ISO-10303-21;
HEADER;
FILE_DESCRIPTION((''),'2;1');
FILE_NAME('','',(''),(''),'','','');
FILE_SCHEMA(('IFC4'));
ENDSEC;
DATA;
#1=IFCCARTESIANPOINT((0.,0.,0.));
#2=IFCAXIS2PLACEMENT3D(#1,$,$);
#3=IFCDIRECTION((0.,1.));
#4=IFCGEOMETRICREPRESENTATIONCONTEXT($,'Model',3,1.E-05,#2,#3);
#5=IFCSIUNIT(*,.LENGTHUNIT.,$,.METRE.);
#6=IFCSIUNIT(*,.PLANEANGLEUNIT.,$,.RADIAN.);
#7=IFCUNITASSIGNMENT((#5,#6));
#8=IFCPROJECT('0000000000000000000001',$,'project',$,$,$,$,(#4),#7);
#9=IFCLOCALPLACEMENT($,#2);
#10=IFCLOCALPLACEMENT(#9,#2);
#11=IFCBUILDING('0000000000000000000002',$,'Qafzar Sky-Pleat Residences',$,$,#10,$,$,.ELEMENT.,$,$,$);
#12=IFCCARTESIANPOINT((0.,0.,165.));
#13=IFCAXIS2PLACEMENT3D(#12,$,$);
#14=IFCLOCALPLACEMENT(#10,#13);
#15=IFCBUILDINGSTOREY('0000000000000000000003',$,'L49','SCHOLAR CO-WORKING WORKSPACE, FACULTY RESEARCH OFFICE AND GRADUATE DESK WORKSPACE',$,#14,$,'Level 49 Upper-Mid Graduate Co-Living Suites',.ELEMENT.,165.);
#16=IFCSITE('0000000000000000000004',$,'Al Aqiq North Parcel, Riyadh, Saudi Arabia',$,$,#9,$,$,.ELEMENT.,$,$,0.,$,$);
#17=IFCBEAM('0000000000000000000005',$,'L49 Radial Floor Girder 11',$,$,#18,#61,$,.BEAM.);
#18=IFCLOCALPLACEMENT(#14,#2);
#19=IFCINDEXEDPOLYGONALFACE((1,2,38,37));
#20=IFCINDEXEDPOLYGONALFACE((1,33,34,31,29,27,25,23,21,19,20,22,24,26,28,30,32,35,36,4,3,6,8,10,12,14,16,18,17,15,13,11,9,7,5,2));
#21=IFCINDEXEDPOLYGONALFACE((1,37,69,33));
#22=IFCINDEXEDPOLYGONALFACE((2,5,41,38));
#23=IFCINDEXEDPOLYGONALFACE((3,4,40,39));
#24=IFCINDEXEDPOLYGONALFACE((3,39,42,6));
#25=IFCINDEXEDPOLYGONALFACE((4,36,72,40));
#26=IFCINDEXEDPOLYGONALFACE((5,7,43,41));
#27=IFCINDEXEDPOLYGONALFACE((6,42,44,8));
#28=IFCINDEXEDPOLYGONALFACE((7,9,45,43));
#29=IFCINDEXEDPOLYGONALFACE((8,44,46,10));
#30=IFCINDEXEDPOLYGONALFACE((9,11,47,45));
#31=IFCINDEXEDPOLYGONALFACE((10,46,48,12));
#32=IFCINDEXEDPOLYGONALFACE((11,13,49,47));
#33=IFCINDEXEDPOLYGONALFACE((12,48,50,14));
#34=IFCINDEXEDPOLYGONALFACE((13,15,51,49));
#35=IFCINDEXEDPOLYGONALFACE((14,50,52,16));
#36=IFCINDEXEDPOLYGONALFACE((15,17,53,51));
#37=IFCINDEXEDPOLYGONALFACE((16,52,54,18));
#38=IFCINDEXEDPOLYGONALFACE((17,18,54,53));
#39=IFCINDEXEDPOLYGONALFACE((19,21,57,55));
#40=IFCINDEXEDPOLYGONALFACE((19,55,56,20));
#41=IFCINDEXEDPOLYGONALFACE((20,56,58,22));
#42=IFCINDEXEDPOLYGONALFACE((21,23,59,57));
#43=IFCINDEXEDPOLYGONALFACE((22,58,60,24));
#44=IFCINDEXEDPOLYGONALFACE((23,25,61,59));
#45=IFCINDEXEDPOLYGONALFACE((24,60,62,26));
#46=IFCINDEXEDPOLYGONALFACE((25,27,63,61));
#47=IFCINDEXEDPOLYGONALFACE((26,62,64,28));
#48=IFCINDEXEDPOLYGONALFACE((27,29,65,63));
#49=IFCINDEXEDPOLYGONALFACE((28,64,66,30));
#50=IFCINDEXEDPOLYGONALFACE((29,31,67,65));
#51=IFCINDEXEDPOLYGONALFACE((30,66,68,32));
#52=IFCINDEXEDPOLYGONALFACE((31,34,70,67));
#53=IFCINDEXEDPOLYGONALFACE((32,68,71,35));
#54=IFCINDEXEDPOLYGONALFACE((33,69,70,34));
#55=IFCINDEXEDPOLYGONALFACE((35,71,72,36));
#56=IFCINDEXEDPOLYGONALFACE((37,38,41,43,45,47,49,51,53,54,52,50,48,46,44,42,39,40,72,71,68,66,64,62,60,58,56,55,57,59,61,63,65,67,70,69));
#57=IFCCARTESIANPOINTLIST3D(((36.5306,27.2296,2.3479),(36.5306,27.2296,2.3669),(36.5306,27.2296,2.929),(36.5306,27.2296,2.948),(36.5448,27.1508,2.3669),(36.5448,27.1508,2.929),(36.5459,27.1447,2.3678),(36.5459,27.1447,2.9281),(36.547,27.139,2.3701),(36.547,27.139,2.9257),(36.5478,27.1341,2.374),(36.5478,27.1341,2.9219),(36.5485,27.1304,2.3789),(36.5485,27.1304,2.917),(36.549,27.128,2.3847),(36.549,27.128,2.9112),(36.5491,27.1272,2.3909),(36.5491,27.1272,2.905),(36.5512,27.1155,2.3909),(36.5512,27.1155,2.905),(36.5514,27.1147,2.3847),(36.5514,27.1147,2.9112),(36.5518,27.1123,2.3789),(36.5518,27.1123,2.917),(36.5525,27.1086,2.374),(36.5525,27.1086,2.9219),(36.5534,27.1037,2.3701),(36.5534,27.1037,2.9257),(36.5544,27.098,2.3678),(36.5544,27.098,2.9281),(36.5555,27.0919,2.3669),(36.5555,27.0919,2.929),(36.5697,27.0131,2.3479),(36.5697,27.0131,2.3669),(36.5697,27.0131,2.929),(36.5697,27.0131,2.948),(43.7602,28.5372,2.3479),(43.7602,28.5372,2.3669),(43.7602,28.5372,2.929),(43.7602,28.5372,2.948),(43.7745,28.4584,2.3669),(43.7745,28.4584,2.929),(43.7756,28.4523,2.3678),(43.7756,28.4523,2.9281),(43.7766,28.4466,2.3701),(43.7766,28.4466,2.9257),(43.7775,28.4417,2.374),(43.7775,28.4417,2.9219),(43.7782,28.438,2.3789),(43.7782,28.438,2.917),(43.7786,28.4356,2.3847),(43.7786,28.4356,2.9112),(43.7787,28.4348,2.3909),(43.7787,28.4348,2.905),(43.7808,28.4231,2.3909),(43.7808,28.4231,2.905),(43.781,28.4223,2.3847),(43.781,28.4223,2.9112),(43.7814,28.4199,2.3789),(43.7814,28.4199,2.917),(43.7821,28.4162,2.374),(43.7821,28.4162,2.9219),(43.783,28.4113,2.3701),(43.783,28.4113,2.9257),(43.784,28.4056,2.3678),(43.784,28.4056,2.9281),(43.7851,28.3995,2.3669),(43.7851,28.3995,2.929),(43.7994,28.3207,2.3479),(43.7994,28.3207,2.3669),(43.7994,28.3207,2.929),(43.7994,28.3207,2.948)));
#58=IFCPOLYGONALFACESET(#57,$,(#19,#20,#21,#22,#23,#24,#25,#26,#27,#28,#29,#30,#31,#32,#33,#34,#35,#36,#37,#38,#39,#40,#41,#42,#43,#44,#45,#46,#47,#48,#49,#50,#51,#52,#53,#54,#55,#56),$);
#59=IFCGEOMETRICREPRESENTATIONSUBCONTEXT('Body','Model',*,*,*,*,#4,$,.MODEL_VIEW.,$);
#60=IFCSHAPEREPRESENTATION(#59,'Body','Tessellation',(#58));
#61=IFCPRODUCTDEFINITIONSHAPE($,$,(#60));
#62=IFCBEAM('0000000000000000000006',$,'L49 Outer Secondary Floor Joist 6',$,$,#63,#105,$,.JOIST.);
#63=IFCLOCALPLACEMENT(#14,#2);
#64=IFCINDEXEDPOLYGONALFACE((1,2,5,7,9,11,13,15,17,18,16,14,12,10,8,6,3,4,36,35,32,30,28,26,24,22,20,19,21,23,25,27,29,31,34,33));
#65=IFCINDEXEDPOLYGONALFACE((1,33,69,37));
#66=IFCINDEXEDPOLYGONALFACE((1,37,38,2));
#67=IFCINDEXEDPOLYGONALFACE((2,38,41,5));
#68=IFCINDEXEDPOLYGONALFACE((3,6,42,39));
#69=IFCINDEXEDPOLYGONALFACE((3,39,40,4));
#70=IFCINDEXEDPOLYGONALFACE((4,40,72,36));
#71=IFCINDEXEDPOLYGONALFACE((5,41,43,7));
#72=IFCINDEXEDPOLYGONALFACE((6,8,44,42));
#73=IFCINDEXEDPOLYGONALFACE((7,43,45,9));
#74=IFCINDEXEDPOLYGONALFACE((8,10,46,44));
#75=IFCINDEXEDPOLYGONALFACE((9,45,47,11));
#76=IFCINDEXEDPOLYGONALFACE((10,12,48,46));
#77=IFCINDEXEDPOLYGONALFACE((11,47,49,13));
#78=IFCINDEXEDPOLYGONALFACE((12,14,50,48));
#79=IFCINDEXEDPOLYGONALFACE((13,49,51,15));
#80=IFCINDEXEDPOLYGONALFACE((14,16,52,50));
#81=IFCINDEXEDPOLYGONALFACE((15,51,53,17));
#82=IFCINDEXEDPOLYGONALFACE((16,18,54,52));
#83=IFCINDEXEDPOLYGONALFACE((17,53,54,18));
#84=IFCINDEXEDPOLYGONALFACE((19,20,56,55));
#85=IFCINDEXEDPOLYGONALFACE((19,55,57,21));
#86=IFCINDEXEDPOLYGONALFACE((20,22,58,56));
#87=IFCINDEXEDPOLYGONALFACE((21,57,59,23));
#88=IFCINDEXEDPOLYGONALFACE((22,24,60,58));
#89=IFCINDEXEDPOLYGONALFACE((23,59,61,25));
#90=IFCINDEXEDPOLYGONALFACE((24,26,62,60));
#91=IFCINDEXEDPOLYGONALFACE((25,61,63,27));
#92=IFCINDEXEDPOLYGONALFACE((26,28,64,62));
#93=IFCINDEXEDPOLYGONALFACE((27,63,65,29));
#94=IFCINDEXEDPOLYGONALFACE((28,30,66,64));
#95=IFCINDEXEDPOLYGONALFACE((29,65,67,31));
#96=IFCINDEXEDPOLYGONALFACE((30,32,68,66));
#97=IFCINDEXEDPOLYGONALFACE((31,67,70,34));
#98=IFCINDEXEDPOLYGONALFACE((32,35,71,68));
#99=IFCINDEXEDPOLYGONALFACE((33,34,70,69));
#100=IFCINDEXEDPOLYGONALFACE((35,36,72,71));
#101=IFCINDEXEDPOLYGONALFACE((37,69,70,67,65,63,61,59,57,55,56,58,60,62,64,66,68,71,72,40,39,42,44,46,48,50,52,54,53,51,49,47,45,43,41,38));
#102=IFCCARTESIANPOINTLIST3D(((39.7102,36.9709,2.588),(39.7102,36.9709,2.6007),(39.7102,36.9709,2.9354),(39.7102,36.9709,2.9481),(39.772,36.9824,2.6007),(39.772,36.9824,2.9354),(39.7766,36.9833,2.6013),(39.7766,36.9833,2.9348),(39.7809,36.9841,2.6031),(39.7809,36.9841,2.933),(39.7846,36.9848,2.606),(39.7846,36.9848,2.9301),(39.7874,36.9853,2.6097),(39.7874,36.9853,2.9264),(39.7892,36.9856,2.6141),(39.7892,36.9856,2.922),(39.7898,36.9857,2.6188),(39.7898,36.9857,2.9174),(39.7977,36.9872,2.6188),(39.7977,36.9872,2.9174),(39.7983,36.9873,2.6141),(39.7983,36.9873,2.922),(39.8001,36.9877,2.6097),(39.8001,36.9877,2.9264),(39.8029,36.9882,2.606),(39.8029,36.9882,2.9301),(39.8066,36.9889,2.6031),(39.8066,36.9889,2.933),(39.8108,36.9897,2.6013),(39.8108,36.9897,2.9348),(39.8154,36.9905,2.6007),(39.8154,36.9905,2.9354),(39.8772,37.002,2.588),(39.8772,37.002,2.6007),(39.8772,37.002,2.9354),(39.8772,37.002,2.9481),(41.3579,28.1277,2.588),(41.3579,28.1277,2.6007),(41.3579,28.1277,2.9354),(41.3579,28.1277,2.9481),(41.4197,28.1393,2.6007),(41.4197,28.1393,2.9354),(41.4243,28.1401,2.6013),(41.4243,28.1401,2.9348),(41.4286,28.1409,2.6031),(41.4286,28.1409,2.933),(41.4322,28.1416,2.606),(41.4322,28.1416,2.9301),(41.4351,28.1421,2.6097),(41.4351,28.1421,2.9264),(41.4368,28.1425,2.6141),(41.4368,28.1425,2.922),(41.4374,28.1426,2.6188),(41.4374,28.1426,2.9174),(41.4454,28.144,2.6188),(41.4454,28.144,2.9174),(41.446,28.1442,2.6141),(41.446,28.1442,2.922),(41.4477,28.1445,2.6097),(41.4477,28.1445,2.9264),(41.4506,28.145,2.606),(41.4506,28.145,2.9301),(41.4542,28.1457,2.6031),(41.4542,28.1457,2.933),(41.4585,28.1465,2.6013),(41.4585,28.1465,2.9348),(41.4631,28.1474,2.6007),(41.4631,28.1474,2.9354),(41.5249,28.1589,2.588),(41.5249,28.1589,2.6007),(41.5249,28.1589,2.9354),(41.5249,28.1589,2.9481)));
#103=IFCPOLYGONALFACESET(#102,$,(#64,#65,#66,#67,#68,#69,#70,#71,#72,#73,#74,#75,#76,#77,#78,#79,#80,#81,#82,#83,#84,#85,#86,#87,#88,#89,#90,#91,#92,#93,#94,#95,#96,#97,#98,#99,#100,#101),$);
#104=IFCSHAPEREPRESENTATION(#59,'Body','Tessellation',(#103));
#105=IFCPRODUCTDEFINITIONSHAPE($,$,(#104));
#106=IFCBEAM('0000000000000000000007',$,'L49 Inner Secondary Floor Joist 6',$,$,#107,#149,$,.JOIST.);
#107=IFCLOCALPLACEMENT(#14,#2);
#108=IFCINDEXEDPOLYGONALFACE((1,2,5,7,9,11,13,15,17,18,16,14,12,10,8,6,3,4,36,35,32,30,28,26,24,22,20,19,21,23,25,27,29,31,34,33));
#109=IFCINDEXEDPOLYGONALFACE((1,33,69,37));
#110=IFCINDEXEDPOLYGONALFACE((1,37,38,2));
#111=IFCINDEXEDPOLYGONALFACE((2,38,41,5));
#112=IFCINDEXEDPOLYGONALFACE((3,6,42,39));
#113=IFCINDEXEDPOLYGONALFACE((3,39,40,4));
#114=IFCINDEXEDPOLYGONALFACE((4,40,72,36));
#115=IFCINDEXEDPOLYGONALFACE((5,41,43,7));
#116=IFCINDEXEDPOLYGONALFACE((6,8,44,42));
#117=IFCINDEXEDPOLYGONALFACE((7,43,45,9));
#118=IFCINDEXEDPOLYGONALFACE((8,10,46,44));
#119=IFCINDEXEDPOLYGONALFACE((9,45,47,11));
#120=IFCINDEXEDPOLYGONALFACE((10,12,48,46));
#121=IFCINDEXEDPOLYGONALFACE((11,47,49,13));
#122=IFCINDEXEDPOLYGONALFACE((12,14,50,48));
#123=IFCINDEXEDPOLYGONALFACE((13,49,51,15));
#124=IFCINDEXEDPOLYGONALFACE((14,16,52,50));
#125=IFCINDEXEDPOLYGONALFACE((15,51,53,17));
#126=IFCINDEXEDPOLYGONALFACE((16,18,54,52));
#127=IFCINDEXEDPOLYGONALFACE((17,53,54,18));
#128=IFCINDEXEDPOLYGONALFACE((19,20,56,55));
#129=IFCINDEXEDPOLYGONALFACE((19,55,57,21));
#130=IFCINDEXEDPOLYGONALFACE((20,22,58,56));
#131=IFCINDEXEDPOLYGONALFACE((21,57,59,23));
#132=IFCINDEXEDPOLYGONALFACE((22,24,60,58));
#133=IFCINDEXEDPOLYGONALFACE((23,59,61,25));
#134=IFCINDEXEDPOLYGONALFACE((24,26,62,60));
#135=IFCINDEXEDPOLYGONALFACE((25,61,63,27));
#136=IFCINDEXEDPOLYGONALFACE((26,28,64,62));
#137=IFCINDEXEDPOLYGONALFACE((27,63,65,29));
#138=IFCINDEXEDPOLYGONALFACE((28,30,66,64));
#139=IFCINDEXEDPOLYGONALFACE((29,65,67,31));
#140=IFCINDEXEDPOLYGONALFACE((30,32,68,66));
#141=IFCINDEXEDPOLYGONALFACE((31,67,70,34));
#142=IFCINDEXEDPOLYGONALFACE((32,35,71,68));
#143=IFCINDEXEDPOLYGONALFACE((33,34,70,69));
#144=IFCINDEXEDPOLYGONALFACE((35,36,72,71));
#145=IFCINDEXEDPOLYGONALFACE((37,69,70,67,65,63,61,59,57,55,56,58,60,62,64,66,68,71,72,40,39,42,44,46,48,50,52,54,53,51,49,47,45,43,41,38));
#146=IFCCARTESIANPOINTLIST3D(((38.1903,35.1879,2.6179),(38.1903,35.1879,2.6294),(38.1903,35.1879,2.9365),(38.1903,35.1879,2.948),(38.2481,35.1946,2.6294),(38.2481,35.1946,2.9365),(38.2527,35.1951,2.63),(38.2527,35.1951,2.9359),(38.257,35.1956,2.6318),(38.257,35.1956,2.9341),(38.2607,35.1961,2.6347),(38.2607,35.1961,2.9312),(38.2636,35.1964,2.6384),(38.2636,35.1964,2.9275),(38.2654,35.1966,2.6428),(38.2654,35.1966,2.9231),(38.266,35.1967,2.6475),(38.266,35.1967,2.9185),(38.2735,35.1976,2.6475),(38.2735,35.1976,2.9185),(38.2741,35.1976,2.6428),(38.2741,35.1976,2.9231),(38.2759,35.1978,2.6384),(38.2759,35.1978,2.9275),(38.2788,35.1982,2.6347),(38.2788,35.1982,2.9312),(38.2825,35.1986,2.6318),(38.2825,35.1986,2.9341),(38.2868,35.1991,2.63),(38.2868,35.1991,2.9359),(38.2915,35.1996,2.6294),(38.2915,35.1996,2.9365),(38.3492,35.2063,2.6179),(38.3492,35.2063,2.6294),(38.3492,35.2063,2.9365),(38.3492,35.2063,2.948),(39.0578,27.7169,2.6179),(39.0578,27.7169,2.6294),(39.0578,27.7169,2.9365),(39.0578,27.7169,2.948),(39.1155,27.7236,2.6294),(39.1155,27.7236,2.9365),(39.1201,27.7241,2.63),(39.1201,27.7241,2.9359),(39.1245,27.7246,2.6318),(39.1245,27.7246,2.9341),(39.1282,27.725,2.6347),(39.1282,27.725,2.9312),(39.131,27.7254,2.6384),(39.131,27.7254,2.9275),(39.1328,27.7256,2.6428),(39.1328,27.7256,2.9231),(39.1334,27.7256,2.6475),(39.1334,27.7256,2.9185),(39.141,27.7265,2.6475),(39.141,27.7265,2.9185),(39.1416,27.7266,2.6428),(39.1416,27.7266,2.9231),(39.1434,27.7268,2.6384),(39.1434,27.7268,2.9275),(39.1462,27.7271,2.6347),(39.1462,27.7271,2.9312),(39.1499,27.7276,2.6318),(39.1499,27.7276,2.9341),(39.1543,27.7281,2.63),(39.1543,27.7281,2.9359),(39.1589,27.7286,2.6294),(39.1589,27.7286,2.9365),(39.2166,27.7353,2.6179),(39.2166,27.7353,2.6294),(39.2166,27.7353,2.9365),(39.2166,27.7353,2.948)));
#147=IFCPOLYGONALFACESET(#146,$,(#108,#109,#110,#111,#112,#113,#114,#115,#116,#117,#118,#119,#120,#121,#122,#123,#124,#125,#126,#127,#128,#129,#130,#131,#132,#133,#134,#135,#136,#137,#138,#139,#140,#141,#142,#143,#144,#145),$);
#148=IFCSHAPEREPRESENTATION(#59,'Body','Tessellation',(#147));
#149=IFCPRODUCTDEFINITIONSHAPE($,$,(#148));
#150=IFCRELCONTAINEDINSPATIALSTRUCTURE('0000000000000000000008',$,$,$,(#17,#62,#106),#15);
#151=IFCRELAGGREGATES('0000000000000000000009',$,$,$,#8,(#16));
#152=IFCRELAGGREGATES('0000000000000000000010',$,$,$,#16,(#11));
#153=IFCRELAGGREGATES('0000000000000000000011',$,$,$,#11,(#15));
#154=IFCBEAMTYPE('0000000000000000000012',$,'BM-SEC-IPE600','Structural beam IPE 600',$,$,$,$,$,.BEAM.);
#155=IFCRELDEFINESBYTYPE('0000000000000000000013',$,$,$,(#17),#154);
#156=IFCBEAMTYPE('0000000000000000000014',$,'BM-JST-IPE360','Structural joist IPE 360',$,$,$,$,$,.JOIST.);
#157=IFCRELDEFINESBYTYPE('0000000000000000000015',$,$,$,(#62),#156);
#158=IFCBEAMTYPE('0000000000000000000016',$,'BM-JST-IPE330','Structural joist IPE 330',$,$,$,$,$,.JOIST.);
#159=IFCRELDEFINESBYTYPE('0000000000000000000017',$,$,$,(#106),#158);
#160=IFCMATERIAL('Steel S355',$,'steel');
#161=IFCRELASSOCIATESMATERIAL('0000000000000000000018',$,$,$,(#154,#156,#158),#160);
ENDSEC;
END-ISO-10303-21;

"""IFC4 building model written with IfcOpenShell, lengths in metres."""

from ifc_helpers import new_model, si_unit, direction, frame, origin, origin_2d, place, context, subcontext, project, spatial, i_section, extrude, source, transform, mapped, material, material_profile, profile_set, type_object, element, save


model = new_model("IFC4")

# Units and contexts
model_context = context("Model", 3, precision=1e-05, world=origin(), true_north=direction((0.0, 1.0)))
body_context = subcontext(model_context, "Body", "Model", "MODEL_VIEW")
ifc_project = project(units=[si_unit("LENGTHUNIT", "METRE"), si_unit("PLANEANGLEUNIT", "RADIAN")], contexts=[model_context])

# Site, building, storey
site_placement = place(None, origin())
site = spatial("IfcSite", under=ifc_project, at=site_placement, Name="Al Aqiq North Parcel, Riyadh, Saudi Arabia", CompositionType="ELEMENT", RefElevation=0.0)
building_placement = place(site_placement, origin())
building = spatial("IfcBuilding", under=site, at=building_placement, Name="Qafzar Sky-Pleat Residences", CompositionType="ELEMENT")
storey_placement = place(building_placement, frame((0.0, 0.0, 165.0)))
storey = spatial("IfcBuildingStorey", under=building, at=storey_placement, Name="L49", Description="SCHOLAR CO-WORKING WORKSPACE, FACULTY RESEARCH OFFICE AND GRADUATE DESK WORKSPACE", LongName="Level 49 Upper-Mid Graduate Co-Living Suites", CompositionType="ELEMENT", Elevation=165.0)

# Shared definitions
ifc_material_1 = material(Name="Steel S355", Category="steel")

# Beams
ifc_material_profile_1 = material_profile(ifc_material_1, i_section(OverallWidth=0.22, OverallDepth=0.6001, WebThickness=0.012, FlangeThickness=0.019, FilletRadius=0.0239, at=origin_2d()), Name="IPE 600")
ifc_profile_set_1 = profile_set([ifc_material_profile_1], Name="Steel S355")
beam_type_1 = type_object("IfcBeamType", Name="BM-SEC-IPE600", Description="Structural beam IPE 600", PredefinedType="BEAM", material=ifc_profile_set_1)
shared_shape_1 = source(origin(), body_context, "Body", "SweptSolid", [
    extrude(i_section(OverallWidth=0.22, OverallDepth=0.6001, WebThickness=0.012, FlangeThickness=0.019, FilletRadius=0.0239, at=origin_2d()), origin(), (0.0, 0.0, 1.0), 7.3469),
])
beam_1_placement = place(storey_placement, frame((43.7798, 28.429, 2.6479), z_axis=(-0.984034, -0.177979, 0.0), x_axis=(0.177979, -0.984034, 0.0)))
element("IfcBeam", 1, at=beam_1_placement, inside=storey, type_object=beam_type_1, Name="L49 Radial Floor Girder 11", PredefinedType="BEAM", context=body_context, shape_type="MappedRepresentation", body=[
    mapped(shared_shape_1, transform((0.0, 0.0, 0.0), x_axis=(1.0, 0.0, 0.0), y_axis=(0.0, 1.0, 0.0), z_axis=(0.0, 0.0, 1.0), scale=1.0)),
])
ifc_material_profile_2 = material_profile(ifc_material_1, i_section(OverallWidth=0.1699, OverallDepth=0.3601, WebThickness=0.0081, FlangeThickness=0.0127, FilletRadius=0.0181, at=origin_2d()), Name="IPE 360")
ifc_profile_set_2 = profile_set([ifc_material_profile_2], Name="Steel S355")
beam_type_2 = type_object("IfcBeamType", Name="BM-JST-IPE360", Description="Structural joist IPE 360", PredefinedType="JOIST", material=ifc_profile_set_2)
shared_shape_2 = source(origin(), body_context, "Body", "SweptSolid", [
    extrude(i_section(OverallWidth=0.1699, OverallDepth=0.3601, WebThickness=0.0081, FlangeThickness=0.0127, FilletRadius=0.0181, at=origin_2d()), origin(), (0.0, 0.0, 1.0), 8.9954),
])
beam_2_placement = place(storey_placement, frame((41.4414, 28.1433, 2.7681), z_axis=(-0.183171, 0.983081, 0.0), x_axis=(-0.983081, -0.183171, 0.0)))
element("IfcBeam", 2, at=beam_2_placement, inside=storey, type_object=beam_type_2, Name="L49 Outer Secondary Floor Joist 6", PredefinedType="JOIST", context=body_context, shape_type="MappedRepresentation", body=[
    mapped(shared_shape_2, transform((0.0, 0.0, 0.0), x_axis=(1.0, 0.0, 0.0), y_axis=(0.0, 1.0, 0.0), z_axis=(0.0, 0.0, 1.0), scale=1.0)),
])
ifc_material_profile_3 = material_profile(ifc_material_1, i_section(OverallWidth=0.1599, OverallDepth=0.3301, WebThickness=0.0076, FlangeThickness=0.0115, FilletRadius=0.0181, at=origin_2d()), Name="IPE 330")
ifc_profile_set_3 = profile_set([ifc_material_profile_3], Name="Steel S355")
beam_type_3 = type_object("IfcBeamType", Name="BM-JST-IPE330", Description="Structural joist IPE 330", PredefinedType="JOIST", material=ifc_profile_set_3)
shared_shape_3 = source(origin(), body_context, "Body", "SweptSolid", [
    extrude(i_section(OverallWidth=0.1599, OverallDepth=0.3301, WebThickness=0.0076, FlangeThickness=0.0115, FilletRadius=0.0181, at=origin_2d()), origin(), (0.0, 0.0, 1.0), 7.5212),
])
beam_3_placement = place(storey_placement, frame((39.1372, 27.7261, 2.783), z_axis=(-0.115333, 0.993327, 0.0), x_axis=(-0.993327, -0.115333, 0.0)))
element("IfcBeam", 3, at=beam_3_placement, inside=storey, type_object=beam_type_3, Name="L49 Inner Secondary Floor Joist 6", PredefinedType="JOIST", context=body_context, shape_type="MappedRepresentation", body=[
    mapped(shared_shape_3, transform((0.0, 0.0, 0.0), x_axis=(1.0, 0.0, 0.0), y_axis=(0.0, 1.0, 0.0), z_axis=(0.0, 0.0, 1.0), scale=1.0)),
])

save(model, "model.ifc")
